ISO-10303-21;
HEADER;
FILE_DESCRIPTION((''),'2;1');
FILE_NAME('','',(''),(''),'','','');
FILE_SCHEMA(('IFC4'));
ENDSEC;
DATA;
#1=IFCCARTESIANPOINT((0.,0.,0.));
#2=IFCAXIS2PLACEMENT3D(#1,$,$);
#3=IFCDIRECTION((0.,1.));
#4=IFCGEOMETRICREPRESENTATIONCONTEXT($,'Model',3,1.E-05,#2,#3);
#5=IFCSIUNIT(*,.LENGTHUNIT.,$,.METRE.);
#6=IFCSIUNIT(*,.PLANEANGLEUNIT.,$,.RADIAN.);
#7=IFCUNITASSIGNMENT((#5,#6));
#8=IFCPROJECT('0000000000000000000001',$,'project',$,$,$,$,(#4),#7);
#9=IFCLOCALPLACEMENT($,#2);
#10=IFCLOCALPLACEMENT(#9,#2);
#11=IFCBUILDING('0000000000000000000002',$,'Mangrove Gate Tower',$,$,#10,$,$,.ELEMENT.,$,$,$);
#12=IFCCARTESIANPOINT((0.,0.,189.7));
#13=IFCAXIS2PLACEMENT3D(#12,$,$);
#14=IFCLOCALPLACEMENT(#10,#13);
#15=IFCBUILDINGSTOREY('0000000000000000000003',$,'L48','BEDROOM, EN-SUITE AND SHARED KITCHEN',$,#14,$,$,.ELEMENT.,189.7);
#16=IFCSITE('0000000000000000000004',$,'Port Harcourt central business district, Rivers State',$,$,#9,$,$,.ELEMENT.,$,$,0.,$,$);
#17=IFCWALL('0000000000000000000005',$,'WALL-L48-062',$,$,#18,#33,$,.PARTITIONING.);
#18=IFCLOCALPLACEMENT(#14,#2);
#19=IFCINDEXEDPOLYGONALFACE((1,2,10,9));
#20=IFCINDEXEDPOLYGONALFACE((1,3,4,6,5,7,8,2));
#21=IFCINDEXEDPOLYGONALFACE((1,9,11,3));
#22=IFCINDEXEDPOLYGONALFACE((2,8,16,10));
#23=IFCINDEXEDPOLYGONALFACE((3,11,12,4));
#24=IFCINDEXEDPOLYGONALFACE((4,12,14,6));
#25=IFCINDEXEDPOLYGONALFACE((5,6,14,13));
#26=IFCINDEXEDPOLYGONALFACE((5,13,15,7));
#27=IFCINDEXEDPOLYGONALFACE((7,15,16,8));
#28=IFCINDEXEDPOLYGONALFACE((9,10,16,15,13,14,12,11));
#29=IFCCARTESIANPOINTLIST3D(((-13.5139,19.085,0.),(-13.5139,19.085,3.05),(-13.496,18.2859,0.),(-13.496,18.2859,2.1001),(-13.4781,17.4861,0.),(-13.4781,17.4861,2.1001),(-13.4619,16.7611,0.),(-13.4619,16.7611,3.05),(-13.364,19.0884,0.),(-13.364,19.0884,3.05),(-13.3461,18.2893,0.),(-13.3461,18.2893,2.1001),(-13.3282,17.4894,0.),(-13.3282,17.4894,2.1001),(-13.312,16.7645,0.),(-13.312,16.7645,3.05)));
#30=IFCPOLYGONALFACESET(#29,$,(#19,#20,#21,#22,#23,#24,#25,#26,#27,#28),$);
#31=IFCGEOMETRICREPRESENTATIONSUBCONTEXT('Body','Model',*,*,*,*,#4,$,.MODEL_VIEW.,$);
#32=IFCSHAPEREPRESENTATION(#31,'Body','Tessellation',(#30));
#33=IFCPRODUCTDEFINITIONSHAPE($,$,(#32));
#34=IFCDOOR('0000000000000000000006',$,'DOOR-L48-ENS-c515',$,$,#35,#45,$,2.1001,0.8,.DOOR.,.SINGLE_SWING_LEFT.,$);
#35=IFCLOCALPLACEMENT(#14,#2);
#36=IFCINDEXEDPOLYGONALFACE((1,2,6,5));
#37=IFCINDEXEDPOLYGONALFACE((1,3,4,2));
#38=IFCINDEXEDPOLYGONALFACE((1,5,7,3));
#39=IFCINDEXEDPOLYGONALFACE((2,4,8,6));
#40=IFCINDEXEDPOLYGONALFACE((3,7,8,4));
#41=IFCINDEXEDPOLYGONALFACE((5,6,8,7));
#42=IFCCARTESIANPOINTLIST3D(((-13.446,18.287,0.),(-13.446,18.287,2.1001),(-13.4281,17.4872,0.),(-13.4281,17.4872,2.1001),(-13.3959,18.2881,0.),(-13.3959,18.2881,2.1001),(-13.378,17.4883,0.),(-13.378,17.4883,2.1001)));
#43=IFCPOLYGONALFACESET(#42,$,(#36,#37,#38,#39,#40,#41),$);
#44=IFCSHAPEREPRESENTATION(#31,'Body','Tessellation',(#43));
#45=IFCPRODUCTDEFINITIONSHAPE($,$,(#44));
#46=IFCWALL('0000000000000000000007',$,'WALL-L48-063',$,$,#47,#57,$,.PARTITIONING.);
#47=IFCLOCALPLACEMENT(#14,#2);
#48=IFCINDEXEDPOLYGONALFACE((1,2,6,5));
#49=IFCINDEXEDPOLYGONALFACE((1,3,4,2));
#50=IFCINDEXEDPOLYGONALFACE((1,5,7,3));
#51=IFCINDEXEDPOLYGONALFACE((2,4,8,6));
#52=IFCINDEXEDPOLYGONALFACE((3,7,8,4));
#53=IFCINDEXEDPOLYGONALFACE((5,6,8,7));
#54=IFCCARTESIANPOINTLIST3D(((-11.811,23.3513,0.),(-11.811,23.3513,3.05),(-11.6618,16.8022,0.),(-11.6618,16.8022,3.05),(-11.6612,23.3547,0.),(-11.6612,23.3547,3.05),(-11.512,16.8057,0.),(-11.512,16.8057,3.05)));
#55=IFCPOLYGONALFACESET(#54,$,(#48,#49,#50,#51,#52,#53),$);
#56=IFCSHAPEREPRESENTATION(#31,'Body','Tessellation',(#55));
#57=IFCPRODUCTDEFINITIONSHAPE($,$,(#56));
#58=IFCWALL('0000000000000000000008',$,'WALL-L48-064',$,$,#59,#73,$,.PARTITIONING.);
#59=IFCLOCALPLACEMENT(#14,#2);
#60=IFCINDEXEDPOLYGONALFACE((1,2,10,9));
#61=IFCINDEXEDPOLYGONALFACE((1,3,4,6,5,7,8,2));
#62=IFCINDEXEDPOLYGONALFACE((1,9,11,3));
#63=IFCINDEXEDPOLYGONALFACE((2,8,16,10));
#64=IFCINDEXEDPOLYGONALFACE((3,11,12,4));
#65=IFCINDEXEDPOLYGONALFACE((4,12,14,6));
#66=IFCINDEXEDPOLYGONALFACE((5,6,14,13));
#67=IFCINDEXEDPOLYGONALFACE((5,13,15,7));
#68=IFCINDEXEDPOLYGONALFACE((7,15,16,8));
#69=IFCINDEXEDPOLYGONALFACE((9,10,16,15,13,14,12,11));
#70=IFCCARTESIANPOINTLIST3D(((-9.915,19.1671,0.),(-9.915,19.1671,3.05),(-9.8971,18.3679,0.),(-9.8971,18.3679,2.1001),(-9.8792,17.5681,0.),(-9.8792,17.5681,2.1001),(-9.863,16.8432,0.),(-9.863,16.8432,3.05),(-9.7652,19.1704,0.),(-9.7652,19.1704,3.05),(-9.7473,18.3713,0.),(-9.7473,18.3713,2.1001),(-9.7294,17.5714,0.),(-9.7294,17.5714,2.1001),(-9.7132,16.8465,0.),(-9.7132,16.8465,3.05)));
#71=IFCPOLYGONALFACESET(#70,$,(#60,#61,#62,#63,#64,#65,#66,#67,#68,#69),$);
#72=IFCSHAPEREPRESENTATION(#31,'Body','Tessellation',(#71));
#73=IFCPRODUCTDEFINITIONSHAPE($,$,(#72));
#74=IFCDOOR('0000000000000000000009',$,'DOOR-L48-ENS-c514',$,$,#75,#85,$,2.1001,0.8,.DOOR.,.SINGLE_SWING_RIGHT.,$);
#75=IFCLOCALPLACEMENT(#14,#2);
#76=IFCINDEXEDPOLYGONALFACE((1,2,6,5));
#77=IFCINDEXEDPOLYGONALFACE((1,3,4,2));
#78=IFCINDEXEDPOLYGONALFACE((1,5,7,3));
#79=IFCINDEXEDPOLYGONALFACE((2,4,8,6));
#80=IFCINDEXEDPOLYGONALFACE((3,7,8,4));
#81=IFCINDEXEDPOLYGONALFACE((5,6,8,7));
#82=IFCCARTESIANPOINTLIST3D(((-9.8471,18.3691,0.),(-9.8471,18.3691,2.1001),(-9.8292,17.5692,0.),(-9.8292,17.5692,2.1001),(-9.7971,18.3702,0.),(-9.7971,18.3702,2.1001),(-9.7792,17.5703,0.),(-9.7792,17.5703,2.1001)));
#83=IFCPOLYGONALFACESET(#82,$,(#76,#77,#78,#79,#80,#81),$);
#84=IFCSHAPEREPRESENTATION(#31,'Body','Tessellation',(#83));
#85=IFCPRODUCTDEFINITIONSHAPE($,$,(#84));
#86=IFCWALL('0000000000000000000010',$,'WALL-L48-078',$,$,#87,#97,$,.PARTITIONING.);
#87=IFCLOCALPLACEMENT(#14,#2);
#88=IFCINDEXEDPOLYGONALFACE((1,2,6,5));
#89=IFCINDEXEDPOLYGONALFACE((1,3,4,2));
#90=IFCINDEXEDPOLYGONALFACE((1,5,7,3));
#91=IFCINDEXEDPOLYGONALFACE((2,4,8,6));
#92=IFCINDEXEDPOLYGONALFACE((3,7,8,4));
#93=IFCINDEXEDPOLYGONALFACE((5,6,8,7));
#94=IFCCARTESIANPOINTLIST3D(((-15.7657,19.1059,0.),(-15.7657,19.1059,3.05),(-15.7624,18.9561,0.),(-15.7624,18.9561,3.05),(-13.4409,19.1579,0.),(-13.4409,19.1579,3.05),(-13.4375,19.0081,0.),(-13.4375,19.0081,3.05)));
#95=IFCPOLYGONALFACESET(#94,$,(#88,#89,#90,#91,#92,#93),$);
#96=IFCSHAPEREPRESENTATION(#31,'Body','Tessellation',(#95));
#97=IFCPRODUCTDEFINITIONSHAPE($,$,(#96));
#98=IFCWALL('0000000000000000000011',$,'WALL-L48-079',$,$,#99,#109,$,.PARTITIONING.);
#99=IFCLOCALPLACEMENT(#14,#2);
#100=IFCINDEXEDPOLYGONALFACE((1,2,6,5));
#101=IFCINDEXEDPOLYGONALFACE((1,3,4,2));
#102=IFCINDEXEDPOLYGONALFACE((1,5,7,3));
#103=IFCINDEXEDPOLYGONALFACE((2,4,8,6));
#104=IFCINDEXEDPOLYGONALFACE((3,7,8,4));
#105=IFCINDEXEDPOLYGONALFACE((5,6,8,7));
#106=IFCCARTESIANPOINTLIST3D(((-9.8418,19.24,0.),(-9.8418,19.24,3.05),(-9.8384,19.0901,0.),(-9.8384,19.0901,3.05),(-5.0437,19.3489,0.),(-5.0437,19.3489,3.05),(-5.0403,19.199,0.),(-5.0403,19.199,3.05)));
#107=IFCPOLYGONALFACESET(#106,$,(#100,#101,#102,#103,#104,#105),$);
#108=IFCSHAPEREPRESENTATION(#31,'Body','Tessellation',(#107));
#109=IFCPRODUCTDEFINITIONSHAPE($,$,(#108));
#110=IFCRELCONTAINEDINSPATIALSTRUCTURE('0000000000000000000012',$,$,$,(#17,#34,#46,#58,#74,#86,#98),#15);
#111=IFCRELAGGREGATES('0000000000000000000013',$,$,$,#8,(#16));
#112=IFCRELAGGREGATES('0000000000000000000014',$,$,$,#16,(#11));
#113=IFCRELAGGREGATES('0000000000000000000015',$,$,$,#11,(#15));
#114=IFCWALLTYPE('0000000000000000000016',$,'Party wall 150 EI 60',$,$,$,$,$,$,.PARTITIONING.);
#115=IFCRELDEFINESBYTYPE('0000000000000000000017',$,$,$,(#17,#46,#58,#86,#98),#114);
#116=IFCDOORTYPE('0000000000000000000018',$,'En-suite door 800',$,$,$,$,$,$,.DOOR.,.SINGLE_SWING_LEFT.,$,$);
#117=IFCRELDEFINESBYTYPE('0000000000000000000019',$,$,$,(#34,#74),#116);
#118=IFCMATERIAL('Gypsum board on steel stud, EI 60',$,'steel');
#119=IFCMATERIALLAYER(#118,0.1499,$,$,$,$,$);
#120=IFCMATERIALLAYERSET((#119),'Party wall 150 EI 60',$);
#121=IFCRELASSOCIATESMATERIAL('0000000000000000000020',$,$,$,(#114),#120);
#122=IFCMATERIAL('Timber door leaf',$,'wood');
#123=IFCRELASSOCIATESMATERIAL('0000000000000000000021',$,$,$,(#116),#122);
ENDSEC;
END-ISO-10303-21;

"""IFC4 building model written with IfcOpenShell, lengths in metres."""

from ifc_helpers import new_model, si_unit, direction, frame, frame_2d, origin, place, context, subcontext, project, spatial, rectangle, extrude, material, layer, layer_set, type_object, element, fill, save


model = new_model("IFC4")

# Units and contexts
model_context = context("Model", 3, precision=1e-05, world=origin(), true_north=direction((0.0, 1.0)))
body_context = subcontext(model_context, "Body", "Model", "MODEL_VIEW")
ifc_project = project(units=[si_unit("LENGTHUNIT", "METRE"), si_unit("PLANEANGLEUNIT", "RADIAN")], contexts=[model_context])

# Site, building, storey
site_placement = place(None, origin())
site = spatial("IfcSite", under=ifc_project, at=site_placement, Name="Port Harcourt central business district, Rivers State", CompositionType="ELEMENT", RefElevation=0.0)
building_placement = place(site_placement, origin())
building = spatial("IfcBuilding", under=site, at=building_placement, Name="Mangrove Gate Tower", CompositionType="ELEMENT")
storey_placement = place(building_placement, frame((0.0, 0.0, 189.7)))
storey = spatial("IfcBuildingStorey", under=building, at=storey_placement, Name="L48", Description="BEDROOM, EN-SUITE AND SHARED KITCHEN", CompositionType="ELEMENT", Elevation=189.7)

# Shared definitions
ifc_material_1 = material(Name="Gypsum board on steel stud, EI 60", Category="steel")
ifc_layer = layer(ifc_material_1, 0.1499)
ifc_layer_set = layer_set([ifc_layer], Name="Party wall 150 EI 60")
wall_type = type_object("IfcWallType", Name="Party wall 150 EI 60", PredefinedType="PARTITIONING", material=ifc_layer_set)

# Wall, opening, door
wall_1_placement = place(storey_placement, frame((-13.387, 16.7629, 0.0), z_axis=(0.0, 0.0, 1.0), x_axis=(-0.022371, 0.99975, 0.0)))
wall_1 = element("IfcWall", 1, at=wall_1_placement, inside=storey, type_object=wall_type, Name="WALL-L48-062", PredefinedType="PARTITIONING", context=body_context, shape_type="SweptSolid", body=[
    extrude(rectangle(XDim=2.3245, YDim=0.1499, at=frame_2d((1.1621, 0.0))), origin(), (0.0, 0.0, 1.0), 3.05),
])
opening_1_placement = place(wall_1_placement, frame((0.7251, 0.0, 0.0)))
opening_1 = element("IfcOpeningElement", 2, at=opening_1_placement, cuts=wall_1, PredefinedType="OPENING", context=body_context, shape_type="SweptSolid", body=[
    extrude(rectangle(XDim=0.8, YDim=2.1001, at=frame_2d((0.3999, 1.05))), frame((0.0, 0.085, 0.0), z_axis=(0.0, -1.0, 0.0), x_axis=(1.0, 0.0, 0.0)), (0.0, 0.0, 1.0), 0.1699),
])
ifc_material_2 = material(Name="Timber door leaf", Category="wood")
door_type_1 = type_object("IfcDoorType", Name="En-suite door 800", OperationType="SINGLE_SWING_LEFT", PredefinedType="DOOR", material=ifc_material_2)
door_1_placement = place(opening_1_placement, origin())
door_1 = element("IfcDoor", 3, at=door_1_placement, inside=storey, type_object=door_type_1, Name="DOOR-L48-ENS-c515", OperationType="SINGLE_SWING_LEFT", OverallHeight=2.1001, OverallWidth=0.8, PredefinedType="DOOR", context=body_context, shape_type="SweptSolid", body=[
    extrude(rectangle(XDim=0.8, YDim=2.1001, at=frame_2d((0.3999, 1.05))), frame((0.0, 0.0249, 0.0), z_axis=(0.0, -1.0, 0.0), x_axis=(1.0, 0.0, 0.0)), (0.0, 0.0, 1.0), 0.05),
])
fill(opening_1, door_1)

# Wall
wall_2_placement = place(storey_placement, frame((-11.5869, 16.804, 0.0), z_axis=(0.0, 0.0, 1.0), x_axis=(-0.022771, 0.999741, 0.0)))
element("IfcWall", 4, at=wall_2_placement, inside=storey, type_object=wall_type, Name="WALL-L48-063", PredefinedType="PARTITIONING", context=body_context, shape_type="SweptSolid", body=[
    extrude(rectangle(XDim=6.5508, YDim=0.1499, at=frame_2d((3.2754, 0.0))), origin(), (0.0, 0.0, 1.0), 3.05),
])

# Wall, opening, door
wall_3_placement = place(storey_placement, frame((-9.7881, 16.845, 0.0), z_axis=(0.0, 0.0, 1.0), x_axis=(-0.022371, 0.99975, 0.0)))
wall_3 = element("IfcWall", 5, at=wall_3_placement, inside=storey, type_object=wall_type, Name="WALL-L48-064", PredefinedType="PARTITIONING", context=body_context, shape_type="SweptSolid", body=[
    extrude(rectangle(XDim=2.3245, YDim=0.1499, at=frame_2d((1.1621, 0.0))), origin(), (0.0, 0.0, 1.0), 3.05),
])
opening_2_placement = place(wall_3_placement, frame((0.7251, 0.0, 0.0)))
opening_2 = element("IfcOpeningElement", 6, at=opening_2_placement, cuts=wall_3, PredefinedType="OPENING", context=body_context, shape_type="SweptSolid", body=[
    extrude(rectangle(XDim=0.8, YDim=2.1001, at=frame_2d((0.3999, 1.05))), frame((0.0, 0.085, 0.0), z_axis=(0.0, -1.0, 0.0), x_axis=(1.0, 0.0, 0.0)), (0.0, 0.0, 1.0), 0.1699),
])
door_2_placement = place(opening_2_placement, origin())
door_2 = element("IfcDoor", 7, at=door_2_placement, inside=storey, type_object=door_type_1, Name="DOOR-L48-ENS-c514", OperationType="SINGLE_SWING_RIGHT", OverallHeight=2.1001, OverallWidth=0.8, PredefinedType="DOOR", context=body_context, shape_type="SweptSolid", body=[
    extrude(rectangle(XDim=0.8, YDim=2.1001, at=frame_2d((0.3999, 1.05))), frame((0.0, 0.0249, 0.0), z_axis=(0.0, -1.0, 0.0), x_axis=(1.0, 0.0, 0.0)), (0.0, 0.0, 1.0), 0.05),
])
fill(opening_2, door_2)

# Walls
wall_4_placement = place(storey_placement, frame((-15.7639, 19.031, 0.0), z_axis=(0.0, 0.0, 1.0), x_axis=(0.99975, 0.022361, 0.0)))
element("IfcWall", 8, at=wall_4_placement, inside=storey, type_object=wall_type, Name="WALL-L48-078", PredefinedType="PARTITIONING", context=body_context, shape_type="SweptSolid", body=[
    extrude(rectangle(XDim=2.3254, YDim=0.1499, at=frame_2d((1.1626, 0.0))), origin(), (0.0, 0.0, 1.0), 3.05),
])
wall_5_placement = place(storey_placement, frame((-9.8401, 19.165, 0.0), z_axis=(0.0, 0.0, 1.0), x_axis=(0.999743, 0.022688, 0.0)))
element("IfcWall", 9, at=wall_5_placement, inside=storey, type_object=wall_type, Name="WALL-L48-079", PredefinedType="PARTITIONING", context=body_context, shape_type="SweptSolid", body=[
    extrude(rectangle(XDim=4.7993, YDim=0.1499, at=frame_2d((2.3997, 0.0))), origin(), (0.0, 0.0, 1.0), 3.05),
])

save(model, "model.ifc")
